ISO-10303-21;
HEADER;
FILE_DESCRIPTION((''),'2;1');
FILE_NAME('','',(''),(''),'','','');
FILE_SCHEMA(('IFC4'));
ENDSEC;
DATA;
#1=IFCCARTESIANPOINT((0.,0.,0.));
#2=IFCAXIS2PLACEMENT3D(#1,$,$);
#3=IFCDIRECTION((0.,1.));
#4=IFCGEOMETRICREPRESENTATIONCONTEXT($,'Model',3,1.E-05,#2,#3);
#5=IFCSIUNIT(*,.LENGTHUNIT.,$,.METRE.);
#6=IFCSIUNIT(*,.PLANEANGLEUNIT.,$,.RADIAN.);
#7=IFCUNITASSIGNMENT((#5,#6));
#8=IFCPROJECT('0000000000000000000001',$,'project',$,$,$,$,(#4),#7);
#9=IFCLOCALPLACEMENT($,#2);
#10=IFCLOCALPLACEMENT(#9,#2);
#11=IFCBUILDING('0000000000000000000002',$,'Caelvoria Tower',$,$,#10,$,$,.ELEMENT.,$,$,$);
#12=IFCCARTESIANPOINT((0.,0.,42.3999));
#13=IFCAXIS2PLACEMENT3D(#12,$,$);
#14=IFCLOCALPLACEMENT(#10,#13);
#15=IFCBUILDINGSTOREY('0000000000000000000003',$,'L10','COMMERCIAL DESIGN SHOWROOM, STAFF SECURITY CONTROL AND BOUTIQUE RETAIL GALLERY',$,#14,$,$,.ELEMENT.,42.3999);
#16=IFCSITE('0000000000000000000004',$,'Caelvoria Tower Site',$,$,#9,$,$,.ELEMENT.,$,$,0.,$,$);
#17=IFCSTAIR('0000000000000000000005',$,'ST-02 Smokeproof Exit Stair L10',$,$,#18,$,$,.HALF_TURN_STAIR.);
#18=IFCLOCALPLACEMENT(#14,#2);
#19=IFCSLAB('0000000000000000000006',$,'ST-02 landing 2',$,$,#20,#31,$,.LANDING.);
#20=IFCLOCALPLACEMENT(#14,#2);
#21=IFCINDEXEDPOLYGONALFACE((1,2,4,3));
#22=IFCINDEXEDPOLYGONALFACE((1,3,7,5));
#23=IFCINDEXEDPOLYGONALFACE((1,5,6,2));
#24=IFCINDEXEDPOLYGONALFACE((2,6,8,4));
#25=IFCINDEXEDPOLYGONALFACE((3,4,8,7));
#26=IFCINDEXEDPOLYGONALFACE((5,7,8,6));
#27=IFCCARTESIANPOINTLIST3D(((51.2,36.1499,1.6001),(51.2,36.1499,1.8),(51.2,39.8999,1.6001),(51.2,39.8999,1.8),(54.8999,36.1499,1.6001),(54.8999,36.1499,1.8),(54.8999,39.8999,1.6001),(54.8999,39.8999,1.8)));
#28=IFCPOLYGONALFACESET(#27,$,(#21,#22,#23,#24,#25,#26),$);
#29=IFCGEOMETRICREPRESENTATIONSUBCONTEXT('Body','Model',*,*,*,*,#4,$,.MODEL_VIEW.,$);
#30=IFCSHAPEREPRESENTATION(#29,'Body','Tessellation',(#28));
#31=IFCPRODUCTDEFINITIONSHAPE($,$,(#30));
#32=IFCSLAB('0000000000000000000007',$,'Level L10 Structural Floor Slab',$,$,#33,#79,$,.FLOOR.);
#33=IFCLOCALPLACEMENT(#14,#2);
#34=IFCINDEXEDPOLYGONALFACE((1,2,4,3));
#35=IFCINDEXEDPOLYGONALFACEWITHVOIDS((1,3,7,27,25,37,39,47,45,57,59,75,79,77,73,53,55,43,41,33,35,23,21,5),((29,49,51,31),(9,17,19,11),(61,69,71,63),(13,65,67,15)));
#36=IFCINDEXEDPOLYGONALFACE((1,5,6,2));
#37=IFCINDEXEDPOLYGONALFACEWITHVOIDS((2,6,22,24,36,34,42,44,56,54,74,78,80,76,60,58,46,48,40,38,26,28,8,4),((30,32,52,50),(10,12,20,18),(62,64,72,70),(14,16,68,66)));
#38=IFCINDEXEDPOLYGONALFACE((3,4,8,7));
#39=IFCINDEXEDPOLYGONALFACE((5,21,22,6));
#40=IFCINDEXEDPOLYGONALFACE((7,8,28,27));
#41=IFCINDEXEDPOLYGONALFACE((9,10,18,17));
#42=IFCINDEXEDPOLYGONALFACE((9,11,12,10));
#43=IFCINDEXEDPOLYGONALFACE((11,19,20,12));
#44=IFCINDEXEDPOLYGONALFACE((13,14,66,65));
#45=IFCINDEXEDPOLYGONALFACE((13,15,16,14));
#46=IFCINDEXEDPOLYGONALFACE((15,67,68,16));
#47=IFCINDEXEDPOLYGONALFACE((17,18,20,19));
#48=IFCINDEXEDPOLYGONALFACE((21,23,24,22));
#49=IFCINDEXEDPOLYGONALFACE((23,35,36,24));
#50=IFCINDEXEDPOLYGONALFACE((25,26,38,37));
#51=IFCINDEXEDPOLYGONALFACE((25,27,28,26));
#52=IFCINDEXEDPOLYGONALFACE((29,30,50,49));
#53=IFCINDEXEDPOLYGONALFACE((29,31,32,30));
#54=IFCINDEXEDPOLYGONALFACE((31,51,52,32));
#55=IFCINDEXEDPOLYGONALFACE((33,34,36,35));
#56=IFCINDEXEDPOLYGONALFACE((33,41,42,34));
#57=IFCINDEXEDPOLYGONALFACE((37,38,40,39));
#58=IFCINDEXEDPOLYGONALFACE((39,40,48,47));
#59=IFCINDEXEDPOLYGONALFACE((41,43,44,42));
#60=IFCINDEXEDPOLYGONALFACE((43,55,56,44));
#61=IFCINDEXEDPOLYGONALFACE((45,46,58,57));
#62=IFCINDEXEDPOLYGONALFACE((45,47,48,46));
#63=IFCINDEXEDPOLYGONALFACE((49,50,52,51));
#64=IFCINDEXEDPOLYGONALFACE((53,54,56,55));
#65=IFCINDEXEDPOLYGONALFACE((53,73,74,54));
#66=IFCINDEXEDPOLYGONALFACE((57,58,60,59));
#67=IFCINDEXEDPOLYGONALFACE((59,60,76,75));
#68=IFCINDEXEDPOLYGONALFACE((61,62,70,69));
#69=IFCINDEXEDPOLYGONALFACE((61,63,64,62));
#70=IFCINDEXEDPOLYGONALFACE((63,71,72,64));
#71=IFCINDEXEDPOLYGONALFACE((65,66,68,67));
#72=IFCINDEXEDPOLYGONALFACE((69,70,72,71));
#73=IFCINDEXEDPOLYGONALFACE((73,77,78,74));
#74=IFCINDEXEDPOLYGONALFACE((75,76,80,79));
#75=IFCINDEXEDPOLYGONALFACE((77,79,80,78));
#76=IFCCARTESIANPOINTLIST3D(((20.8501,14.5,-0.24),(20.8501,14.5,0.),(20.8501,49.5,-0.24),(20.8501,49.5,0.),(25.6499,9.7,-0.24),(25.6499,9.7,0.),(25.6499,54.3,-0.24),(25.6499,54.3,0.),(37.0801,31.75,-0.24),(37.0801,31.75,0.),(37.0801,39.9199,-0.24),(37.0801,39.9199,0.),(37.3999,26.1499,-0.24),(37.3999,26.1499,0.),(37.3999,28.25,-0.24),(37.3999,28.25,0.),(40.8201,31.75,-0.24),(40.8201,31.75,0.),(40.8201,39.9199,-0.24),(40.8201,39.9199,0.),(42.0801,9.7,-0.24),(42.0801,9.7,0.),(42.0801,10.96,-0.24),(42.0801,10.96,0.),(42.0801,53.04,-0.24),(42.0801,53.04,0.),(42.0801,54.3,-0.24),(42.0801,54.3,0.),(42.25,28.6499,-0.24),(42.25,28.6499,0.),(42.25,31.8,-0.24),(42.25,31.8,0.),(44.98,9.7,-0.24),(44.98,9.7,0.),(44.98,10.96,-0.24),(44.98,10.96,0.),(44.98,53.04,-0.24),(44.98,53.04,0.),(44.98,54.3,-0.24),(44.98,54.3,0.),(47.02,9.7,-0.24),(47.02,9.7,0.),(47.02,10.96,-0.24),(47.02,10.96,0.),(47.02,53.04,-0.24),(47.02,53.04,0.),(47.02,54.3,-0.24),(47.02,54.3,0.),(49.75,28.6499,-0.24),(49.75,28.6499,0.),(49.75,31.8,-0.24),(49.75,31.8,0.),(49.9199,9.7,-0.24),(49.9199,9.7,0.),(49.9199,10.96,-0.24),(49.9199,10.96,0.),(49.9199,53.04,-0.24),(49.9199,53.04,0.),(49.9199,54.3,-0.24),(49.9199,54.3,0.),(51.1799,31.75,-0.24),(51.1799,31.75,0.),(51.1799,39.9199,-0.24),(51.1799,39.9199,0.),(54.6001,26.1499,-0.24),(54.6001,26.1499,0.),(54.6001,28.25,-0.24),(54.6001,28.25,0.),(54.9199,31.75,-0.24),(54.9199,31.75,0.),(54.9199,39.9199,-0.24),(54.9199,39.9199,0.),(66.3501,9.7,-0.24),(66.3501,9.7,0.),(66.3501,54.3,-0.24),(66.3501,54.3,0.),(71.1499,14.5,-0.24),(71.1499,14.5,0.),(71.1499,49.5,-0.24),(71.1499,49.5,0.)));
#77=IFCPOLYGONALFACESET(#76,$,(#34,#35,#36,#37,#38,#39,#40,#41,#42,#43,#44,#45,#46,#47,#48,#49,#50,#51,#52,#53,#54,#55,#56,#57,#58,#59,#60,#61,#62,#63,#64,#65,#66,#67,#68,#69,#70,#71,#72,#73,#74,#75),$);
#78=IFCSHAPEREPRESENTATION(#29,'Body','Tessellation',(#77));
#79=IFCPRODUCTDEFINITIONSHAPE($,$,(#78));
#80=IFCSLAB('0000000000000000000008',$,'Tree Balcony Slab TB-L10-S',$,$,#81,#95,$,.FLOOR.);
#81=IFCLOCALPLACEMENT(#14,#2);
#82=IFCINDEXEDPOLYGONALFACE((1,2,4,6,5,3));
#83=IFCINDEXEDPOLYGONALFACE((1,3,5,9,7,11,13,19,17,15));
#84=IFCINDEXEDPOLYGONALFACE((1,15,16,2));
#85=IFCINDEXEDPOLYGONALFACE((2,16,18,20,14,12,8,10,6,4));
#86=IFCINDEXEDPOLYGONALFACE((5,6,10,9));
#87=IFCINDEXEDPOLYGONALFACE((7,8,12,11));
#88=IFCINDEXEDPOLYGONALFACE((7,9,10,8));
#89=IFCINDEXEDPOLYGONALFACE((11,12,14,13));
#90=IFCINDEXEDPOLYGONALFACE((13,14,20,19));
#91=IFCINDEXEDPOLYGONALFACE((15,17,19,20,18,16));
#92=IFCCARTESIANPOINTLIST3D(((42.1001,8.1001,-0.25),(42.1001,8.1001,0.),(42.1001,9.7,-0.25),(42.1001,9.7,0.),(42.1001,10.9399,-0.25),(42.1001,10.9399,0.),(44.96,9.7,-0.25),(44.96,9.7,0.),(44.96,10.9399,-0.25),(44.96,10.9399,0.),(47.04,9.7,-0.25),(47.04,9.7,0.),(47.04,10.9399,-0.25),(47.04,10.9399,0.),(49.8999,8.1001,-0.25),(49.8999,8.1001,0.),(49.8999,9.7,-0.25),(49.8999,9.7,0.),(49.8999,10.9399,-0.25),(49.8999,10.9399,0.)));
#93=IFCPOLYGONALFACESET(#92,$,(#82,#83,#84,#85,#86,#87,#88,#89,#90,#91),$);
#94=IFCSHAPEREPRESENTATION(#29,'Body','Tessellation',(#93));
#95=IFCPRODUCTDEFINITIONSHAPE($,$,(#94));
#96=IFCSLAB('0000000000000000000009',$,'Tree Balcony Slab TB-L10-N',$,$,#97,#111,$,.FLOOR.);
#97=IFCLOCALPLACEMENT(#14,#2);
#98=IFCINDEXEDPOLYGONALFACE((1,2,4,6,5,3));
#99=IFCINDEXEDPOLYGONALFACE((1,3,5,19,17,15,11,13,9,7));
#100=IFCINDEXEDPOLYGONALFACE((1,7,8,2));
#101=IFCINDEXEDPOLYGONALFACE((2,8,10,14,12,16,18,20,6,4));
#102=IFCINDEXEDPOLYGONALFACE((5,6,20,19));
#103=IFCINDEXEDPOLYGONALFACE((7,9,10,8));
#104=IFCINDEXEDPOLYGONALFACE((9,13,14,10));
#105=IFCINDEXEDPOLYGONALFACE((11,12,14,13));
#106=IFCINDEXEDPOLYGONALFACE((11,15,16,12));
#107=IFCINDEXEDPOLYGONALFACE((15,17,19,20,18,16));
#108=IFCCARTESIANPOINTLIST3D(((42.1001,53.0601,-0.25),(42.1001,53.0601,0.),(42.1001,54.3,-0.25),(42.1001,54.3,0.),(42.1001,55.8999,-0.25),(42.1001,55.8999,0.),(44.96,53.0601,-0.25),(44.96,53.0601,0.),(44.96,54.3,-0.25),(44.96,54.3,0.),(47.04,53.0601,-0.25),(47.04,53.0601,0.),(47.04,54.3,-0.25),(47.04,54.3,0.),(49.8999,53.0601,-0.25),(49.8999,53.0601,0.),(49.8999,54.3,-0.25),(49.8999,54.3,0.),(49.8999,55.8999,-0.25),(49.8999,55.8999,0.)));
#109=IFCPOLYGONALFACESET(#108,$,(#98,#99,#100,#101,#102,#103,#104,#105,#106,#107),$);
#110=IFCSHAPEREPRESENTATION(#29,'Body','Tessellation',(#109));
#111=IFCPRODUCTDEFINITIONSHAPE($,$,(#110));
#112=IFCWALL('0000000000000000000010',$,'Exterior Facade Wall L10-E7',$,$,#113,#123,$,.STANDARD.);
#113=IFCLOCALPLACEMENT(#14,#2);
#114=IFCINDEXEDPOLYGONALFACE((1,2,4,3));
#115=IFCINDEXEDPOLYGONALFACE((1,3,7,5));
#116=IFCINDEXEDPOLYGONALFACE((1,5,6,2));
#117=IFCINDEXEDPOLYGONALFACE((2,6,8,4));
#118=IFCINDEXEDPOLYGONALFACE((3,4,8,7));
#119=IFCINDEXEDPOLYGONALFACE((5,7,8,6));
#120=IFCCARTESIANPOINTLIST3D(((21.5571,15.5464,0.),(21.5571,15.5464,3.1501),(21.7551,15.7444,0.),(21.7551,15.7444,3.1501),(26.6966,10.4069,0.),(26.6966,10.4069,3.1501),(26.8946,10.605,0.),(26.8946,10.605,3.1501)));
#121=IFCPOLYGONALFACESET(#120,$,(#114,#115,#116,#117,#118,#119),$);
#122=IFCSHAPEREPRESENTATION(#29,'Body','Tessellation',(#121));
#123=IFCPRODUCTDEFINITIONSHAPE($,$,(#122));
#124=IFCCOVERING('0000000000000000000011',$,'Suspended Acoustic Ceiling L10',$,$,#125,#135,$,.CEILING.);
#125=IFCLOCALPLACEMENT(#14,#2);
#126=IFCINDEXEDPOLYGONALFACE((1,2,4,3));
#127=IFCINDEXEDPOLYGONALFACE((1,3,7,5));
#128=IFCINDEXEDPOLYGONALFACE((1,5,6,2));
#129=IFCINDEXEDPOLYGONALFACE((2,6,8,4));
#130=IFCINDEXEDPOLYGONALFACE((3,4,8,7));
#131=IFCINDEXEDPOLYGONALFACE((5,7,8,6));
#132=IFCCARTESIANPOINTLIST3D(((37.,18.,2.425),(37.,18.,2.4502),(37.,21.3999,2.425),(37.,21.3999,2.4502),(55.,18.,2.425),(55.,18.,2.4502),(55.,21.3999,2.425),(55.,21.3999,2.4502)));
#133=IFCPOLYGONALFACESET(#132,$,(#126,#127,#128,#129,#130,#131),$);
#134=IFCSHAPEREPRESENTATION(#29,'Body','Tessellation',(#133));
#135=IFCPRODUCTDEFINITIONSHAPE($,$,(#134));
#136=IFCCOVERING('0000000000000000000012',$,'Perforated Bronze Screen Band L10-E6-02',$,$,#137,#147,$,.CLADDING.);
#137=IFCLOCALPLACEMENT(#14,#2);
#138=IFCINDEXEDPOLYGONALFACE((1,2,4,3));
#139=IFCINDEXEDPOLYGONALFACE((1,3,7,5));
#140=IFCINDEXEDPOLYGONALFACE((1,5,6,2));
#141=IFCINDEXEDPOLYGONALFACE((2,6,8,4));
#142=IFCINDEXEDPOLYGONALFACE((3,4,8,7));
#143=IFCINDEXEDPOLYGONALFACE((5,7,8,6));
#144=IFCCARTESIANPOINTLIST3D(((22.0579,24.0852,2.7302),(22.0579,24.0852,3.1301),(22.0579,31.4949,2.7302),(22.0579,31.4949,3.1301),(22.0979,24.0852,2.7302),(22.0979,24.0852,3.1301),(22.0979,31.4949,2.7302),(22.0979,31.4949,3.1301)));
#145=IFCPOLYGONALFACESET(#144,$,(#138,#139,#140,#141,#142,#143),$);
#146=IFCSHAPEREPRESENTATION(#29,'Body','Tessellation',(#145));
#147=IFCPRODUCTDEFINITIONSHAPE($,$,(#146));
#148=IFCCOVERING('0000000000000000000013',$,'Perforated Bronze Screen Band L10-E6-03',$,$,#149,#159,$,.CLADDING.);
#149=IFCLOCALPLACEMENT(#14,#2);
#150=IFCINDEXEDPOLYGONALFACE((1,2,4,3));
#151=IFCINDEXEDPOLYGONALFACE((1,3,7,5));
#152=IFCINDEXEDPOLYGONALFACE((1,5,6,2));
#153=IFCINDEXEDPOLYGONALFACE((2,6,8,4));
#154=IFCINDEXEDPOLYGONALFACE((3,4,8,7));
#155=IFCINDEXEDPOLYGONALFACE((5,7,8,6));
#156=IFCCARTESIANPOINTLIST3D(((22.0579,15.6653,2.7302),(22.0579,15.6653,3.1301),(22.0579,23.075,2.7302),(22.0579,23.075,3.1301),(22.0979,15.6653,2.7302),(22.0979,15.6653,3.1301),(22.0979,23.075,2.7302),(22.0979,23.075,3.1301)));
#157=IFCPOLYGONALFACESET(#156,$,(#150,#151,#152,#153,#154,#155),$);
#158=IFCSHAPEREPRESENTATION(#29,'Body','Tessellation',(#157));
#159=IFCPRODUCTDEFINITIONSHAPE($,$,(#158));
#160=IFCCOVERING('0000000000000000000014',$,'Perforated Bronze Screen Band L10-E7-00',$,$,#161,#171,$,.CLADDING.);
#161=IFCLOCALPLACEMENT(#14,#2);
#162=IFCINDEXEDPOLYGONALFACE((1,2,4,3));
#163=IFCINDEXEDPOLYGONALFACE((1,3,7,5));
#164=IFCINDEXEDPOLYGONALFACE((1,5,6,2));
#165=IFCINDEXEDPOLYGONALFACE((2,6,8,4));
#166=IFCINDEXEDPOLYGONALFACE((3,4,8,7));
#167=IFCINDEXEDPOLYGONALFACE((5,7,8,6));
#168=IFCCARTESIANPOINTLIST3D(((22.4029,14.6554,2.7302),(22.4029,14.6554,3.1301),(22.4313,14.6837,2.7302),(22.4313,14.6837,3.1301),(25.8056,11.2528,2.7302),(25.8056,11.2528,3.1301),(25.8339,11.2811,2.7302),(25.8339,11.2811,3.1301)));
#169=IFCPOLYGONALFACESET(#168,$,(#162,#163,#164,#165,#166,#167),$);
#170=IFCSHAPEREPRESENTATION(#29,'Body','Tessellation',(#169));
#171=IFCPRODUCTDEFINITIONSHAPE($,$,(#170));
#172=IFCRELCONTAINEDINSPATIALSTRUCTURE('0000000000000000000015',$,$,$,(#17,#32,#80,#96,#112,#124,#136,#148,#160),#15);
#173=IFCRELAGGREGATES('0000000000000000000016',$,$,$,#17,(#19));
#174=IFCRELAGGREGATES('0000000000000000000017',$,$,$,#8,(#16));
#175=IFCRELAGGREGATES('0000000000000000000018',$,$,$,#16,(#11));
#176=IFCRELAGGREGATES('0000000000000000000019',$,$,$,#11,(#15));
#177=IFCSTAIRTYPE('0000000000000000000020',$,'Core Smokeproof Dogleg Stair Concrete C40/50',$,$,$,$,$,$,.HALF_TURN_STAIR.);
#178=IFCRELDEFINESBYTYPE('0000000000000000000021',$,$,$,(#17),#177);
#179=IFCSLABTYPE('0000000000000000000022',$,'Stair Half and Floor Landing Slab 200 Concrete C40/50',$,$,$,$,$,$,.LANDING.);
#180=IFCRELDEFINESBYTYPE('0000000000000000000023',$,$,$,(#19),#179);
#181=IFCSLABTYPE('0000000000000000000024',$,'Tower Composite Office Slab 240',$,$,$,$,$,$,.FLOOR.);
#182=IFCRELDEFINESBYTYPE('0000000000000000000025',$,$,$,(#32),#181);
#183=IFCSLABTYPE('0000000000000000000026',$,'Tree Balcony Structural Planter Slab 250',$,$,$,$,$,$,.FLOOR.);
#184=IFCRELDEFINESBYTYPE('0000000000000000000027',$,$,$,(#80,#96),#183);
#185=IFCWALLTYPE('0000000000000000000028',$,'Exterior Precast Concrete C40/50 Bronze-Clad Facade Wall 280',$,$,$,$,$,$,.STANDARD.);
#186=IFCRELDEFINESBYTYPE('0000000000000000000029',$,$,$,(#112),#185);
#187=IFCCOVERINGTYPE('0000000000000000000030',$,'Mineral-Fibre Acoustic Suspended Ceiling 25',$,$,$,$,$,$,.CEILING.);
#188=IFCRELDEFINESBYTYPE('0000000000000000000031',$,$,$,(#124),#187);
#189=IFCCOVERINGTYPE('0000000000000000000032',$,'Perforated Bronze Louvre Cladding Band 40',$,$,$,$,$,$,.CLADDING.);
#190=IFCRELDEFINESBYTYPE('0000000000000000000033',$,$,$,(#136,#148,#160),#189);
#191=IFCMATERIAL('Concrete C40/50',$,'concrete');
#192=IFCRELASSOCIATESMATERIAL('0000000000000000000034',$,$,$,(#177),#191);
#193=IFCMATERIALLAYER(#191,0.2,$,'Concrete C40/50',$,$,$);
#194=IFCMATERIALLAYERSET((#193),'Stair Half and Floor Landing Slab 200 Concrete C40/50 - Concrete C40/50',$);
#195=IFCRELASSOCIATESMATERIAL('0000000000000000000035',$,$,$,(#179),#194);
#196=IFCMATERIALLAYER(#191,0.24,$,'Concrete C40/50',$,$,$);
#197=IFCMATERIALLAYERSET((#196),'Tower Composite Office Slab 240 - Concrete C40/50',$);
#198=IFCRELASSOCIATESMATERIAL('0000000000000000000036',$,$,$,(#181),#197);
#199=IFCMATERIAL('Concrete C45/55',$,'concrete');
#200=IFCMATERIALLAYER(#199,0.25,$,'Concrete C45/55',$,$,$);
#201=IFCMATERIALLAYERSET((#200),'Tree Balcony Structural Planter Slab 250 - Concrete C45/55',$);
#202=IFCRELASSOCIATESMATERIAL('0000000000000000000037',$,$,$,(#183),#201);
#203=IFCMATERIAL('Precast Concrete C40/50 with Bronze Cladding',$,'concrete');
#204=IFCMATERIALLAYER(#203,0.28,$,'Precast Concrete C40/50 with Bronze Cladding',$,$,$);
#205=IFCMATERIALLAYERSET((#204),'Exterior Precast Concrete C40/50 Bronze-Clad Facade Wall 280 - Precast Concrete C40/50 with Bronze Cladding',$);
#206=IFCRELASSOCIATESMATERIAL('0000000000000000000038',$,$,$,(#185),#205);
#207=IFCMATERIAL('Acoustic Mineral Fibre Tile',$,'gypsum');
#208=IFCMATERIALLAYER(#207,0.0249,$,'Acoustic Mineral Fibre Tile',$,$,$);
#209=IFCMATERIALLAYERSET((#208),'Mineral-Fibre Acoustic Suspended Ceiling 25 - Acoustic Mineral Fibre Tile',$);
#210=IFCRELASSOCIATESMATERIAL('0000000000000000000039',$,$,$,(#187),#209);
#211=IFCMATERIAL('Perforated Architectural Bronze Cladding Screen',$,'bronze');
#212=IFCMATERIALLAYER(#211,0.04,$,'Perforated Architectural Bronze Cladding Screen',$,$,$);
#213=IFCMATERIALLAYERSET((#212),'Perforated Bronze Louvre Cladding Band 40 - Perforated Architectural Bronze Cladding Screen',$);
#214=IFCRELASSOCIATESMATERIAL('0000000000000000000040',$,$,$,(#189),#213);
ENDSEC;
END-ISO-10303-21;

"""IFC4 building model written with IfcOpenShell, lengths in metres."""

from ifc_helpers import new_model, si_unit, direction, frame, frame_2d, origin, origin_2d, place, context, subcontext, project, spatial, polyline, rectangle, outline, extrude, material, layer, layer_set, type_object, element, aggregate, save


model = new_model("IFC4")

# Units and contexts
model_context = context("Model", 3, precision=1e-05, world=origin(), true_north=direction((0.0, 1.0)))
body_context = subcontext(model_context, "Body", "Model", "MODEL_VIEW")
ifc_project = project(units=[si_unit("LENGTHUNIT", "METRE"), si_unit("PLANEANGLEUNIT", "RADIAN")], contexts=[model_context])

# Site, building, storey
site_placement = place(None, origin())
site = spatial("IfcSite", under=ifc_project, at=site_placement, Name="Caelvoria Tower Site", CompositionType="ELEMENT", RefElevation=0.0)
building_placement = place(site_placement, origin())
building = spatial("IfcBuilding", under=site, at=building_placement, Name="Caelvoria Tower", CompositionType="ELEMENT")
storey_placement = place(building_placement, frame((0.0, 0.0, 42.3999)))
storey = spatial("IfcBuildingStorey", under=building, at=storey_placement, Name="L10", Description="COMMERCIAL DESIGN SHOWROOM, STAFF SECURITY CONTROL AND BOUTIQUE RETAIL GALLERY", CompositionType="ELEMENT", Elevation=42.3999)

# Stair, slab
ifc_material_1 = material(Name="Concrete C40/50", Category="concrete")
stair_type = type_object("IfcStairType", Name="Core Smokeproof Dogleg Stair Concrete C40/50", PredefinedType="HALF_TURN_STAIR", material=ifc_material_1)
ifc_layer_1 = layer(ifc_material_1, 0.2, Name="Concrete C40/50")
ifc_layer_set_1 = layer_set([ifc_layer_1], Name="Stair Half and Floor Landing Slab 200 Concrete C40/50 - Concrete C40/50")
slab_type_1 = type_object("IfcSlabType", Name="Stair Half and Floor Landing Slab 200 Concrete C40/50", PredefinedType="LANDING", material=ifc_layer_set_1)
stair_1_placement = place(storey_placement, origin())
stair_1 = element("IfcStair", 1, at=stair_1_placement, inside=storey, type_object=stair_type, Name="ST-02 Smokeproof Exit Stair L10", PredefinedType="HALF_TURN_STAIR")
slab_1_placement = place(storey_placement, frame((0.0, 0.0, 1.6001)))
slab_1 = element("IfcSlab", 2, at=slab_1_placement, type_object=slab_type_1, Name="ST-02 landing 2", PredefinedType="LANDING", context=body_context, shape_type="SweptSolid", body=[
    extrude(outline(polyline([(51.2, 36.1499), (54.8999, 36.1499), (54.8999, 39.8999), (51.2, 39.8999), (51.2, 36.1499)])), origin(), (0.0, 0.0, 1.0), 0.2),
])
aggregate(stair_1, [slab_1])

# Slabs
ifc_layer_2 = layer(ifc_material_1, 0.24, Name="Concrete C40/50")
ifc_layer_set_2 = layer_set([ifc_layer_2], Name="Tower Composite Office Slab 240 - Concrete C40/50")
slab_type_2 = type_object("IfcSlabType", Name="Tower Composite Office Slab 240", PredefinedType="FLOOR", material=ifc_layer_set_2)
slab_2_placement = place(storey_placement, frame((0.0, 0.0, -0.24)))
element("IfcSlab", 3, at=slab_2_placement, inside=storey, type_object=slab_type_2, Name="Level L10 Structural Floor Slab", PredefinedType="FLOOR", context=body_context, shape_type="SweptSolid", body=[
    extrude(outline(polyline([(20.8501, 49.5), (20.8501, 14.5), (25.6499, 9.7), (42.0801, 9.7), (42.0801, 10.96), (44.98, 10.96), (44.98, 9.7), (47.02, 9.7), (47.02, 10.96), (49.9199, 10.96), (49.9199, 9.7), (66.3501, 9.7), (71.1499, 14.5), (71.1499, 49.5), (66.3501, 54.3), (49.9199, 54.3), (49.9199, 53.04), (47.02, 53.04), (47.02, 54.3), (44.98, 54.3), (44.98, 53.04), (42.0801, 53.04), (42.0801, 54.3), (25.6499, 54.3), (20.8501, 49.5)]), holes=[polyline([(37.0801, 31.75), (40.8201, 31.75), (40.8201, 39.9199), (37.0801, 39.9199), (37.0801, 31.75)]), polyline([(51.1799, 31.75), (54.9199, 31.75), (54.9199, 39.9199), (51.1799, 39.9199), (51.1799, 31.75)]), polyline([(42.25, 28.6499), (49.75, 28.6499), (49.75, 31.8), (42.25, 31.8), (42.25, 28.6499)]), polyline([(37.3999, 26.1499), (54.6001, 26.1499), (54.6001, 28.25), (37.3999, 28.25), (37.3999, 26.1499)])]), origin(), (0.0, 0.0, 1.0), 0.24),
])
ifc_material_2 = material(Name="Concrete C45/55", Category="concrete")
ifc_layer_3 = layer(ifc_material_2, 0.25, Name="Concrete C45/55")
ifc_layer_set_3 = layer_set([ifc_layer_3], Name="Tree Balcony Structural Planter Slab 250 - Concrete C45/55")
slab_type_3 = type_object("IfcSlabType", Name="Tree Balcony Structural Planter Slab 250", PredefinedType="FLOOR", material=ifc_layer_set_3)
slab_3_placement = place(storey_placement, frame((0.0, 0.0, -0.25)))
element("IfcSlab", 4, at=slab_3_placement, inside=storey, type_object=slab_type_3, Name="Tree Balcony Slab TB-L10-S", PredefinedType="FLOOR", context=body_context, shape_type="SweptSolid", body=[
    extrude(outline(polyline([(49.8999, 9.7), (49.8999, 10.9399), (47.04, 10.9399), (47.04, 9.7), (44.96, 9.7), (44.96, 10.9399), (42.1001, 10.9399), (42.1001, 9.7), (42.1001, 8.1001), (49.8999, 8.1001), (49.8999, 9.7)])), origin(), (0.0, 0.0, 1.0), 0.25),
])
slab_4_placement = place(storey_placement, frame((0.0, 0.0, -0.25)))
element("IfcSlab", 5, at=slab_4_placement, inside=storey, type_object=slab_type_3, Name="Tree Balcony Slab TB-L10-N", PredefinedType="FLOOR", context=body_context, shape_type="SweptSolid", body=[
    extrude(outline(polyline([(42.1001, 55.8999), (42.1001, 54.3), (42.1001, 53.0601), (44.96, 53.0601), (44.96, 54.3), (47.04, 54.3), (47.04, 53.0601), (49.8999, 53.0601), (49.8999, 54.3), (49.8999, 55.8999), (42.1001, 55.8999)])), origin(), (0.0, 0.0, 1.0), 0.25),
])

# Wall
ifc_material_3 = material(Name="Precast Concrete C40/50 with Bronze Cladding", Category="concrete")
ifc_layer_4 = layer(ifc_material_3, 0.28, Name="Precast Concrete C40/50 with Bronze Cladding")
ifc_layer_set_4 = layer_set([ifc_layer_4], Name="Exterior Precast Concrete C40/50 Bronze-Clad Facade Wall 280 - Precast Concrete C40/50 with Bronze Cladding")
wall_type = type_object("IfcWallType", Name="Exterior Precast Concrete C40/50 Bronze-Clad Facade Wall 280", PredefinedType="STANDARD", material=ifc_layer_set_4)
wall_placement = place(storey_placement, frame((21.656, 15.6455, 0.0), z_axis=(0.0, 0.0, 1.0), x_axis=(0.707107, -0.707107, 0.0)))
element("IfcWall", 6, at=wall_placement, inside=storey, type_object=wall_type, Name="Exterior Facade Wall L10-E7", PredefinedType="STANDARD", context=body_context, shape_type="SweptSolid", body=[
    extrude(rectangle(XDim=7.2683, YDim=0.28, at=frame_2d((3.6343, 0.0))), origin(), (0.0, 0.0, 1.0), 3.1501),
])

# Coverings
ifc_material_4 = material(Name="Acoustic Mineral Fibre Tile", Category="gypsum")
ifc_layer_5 = layer(ifc_material_4, 0.0249, Name="Acoustic Mineral Fibre Tile")
ifc_layer_set_5 = layer_set([ifc_layer_5], Name="Mineral-Fibre Acoustic Suspended Ceiling 25 - Acoustic Mineral Fibre Tile")
covering_type_1 = type_object("IfcCoveringType", Name="Mineral-Fibre Acoustic Suspended Ceiling 25", PredefinedType="CEILING", material=ifc_layer_set_5)
covering_1_placement = place(storey_placement, frame((0.0, 0.0, 2.425)))
element("IfcCovering", 7, at=covering_1_placement, inside=storey, type_object=covering_type_1, Name="Suspended Acoustic Ceiling L10", PredefinedType="CEILING", context=body_context, shape_type="SweptSolid", body=[
    extrude(outline(polyline([(37.0, 18.0), (55.0, 18.0), (55.0, 21.3999), (37.0, 21.3999), (37.0, 18.0)])), origin(), (0.0, 0.0, 1.0), 0.0251),
])
ifc_material_5 = material(Name="Perforated Architectural Bronze Cladding Screen", Category="bronze")
ifc_layer_6 = layer(ifc_material_5, 0.04, Name="Perforated Architectural Bronze Cladding Screen")
ifc_layer_set_6 = layer_set([ifc_layer_6], Name="Perforated Bronze Louvre Cladding Band 40 - Perforated Architectural Bronze Cladding Screen")
covering_type_2 = type_object("IfcCoveringType", Name="Perforated Bronze Louvre Cladding Band 40", PredefinedType="CLADDING", material=ifc_layer_set_6)
for number, where, z_axis, x_axis, name in (
    (8, (22.0779, 27.79, 2.7302), (0.0, 0.0, 1.0), (0.0, -1.0, 0.0), "Perforated Bronze Screen Band L10-E6-02"),
    (9, (22.0779, 19.3701, 2.7302), (0.0, 0.0, 1.0), (0.0, -1.0, 0.0), "Perforated Bronze Screen Band L10-E6-03"),
):
    element("IfcCovering", number, at=place(storey_placement, frame(where, z_axis=z_axis, x_axis=x_axis)), inside=storey, type_object=covering_type_2, Name=name, PredefinedType="CLADDING", context=body_context, shape_type="SweptSolid", body=[
        extrude(rectangle(XDim=7.4097, YDim=0.04, at=origin_2d()), origin(), (0.0, 0.0, 1.0), 0.3999),
    ])
covering_2_placement = place(storey_placement, frame((24.1184, 12.9683, 2.7302), z_axis=(0.0, 0.0, 1.0), x_axis=(0.707107, -0.707107, 0.0)))
element("IfcCovering", 10, at=covering_2_placement, inside=storey, type_object=covering_type_2, Name="Perforated Bronze Screen Band L10-E7-00", PredefinedType="CLADDING", context=body_context, shape_type="SweptSolid", body=[
    extrude(rectangle(XDim=4.812, YDim=0.04, at=origin_2d()), origin(), (0.0, 0.0, 1.0), 0.3999),
])

save(model, "model.ifc")
